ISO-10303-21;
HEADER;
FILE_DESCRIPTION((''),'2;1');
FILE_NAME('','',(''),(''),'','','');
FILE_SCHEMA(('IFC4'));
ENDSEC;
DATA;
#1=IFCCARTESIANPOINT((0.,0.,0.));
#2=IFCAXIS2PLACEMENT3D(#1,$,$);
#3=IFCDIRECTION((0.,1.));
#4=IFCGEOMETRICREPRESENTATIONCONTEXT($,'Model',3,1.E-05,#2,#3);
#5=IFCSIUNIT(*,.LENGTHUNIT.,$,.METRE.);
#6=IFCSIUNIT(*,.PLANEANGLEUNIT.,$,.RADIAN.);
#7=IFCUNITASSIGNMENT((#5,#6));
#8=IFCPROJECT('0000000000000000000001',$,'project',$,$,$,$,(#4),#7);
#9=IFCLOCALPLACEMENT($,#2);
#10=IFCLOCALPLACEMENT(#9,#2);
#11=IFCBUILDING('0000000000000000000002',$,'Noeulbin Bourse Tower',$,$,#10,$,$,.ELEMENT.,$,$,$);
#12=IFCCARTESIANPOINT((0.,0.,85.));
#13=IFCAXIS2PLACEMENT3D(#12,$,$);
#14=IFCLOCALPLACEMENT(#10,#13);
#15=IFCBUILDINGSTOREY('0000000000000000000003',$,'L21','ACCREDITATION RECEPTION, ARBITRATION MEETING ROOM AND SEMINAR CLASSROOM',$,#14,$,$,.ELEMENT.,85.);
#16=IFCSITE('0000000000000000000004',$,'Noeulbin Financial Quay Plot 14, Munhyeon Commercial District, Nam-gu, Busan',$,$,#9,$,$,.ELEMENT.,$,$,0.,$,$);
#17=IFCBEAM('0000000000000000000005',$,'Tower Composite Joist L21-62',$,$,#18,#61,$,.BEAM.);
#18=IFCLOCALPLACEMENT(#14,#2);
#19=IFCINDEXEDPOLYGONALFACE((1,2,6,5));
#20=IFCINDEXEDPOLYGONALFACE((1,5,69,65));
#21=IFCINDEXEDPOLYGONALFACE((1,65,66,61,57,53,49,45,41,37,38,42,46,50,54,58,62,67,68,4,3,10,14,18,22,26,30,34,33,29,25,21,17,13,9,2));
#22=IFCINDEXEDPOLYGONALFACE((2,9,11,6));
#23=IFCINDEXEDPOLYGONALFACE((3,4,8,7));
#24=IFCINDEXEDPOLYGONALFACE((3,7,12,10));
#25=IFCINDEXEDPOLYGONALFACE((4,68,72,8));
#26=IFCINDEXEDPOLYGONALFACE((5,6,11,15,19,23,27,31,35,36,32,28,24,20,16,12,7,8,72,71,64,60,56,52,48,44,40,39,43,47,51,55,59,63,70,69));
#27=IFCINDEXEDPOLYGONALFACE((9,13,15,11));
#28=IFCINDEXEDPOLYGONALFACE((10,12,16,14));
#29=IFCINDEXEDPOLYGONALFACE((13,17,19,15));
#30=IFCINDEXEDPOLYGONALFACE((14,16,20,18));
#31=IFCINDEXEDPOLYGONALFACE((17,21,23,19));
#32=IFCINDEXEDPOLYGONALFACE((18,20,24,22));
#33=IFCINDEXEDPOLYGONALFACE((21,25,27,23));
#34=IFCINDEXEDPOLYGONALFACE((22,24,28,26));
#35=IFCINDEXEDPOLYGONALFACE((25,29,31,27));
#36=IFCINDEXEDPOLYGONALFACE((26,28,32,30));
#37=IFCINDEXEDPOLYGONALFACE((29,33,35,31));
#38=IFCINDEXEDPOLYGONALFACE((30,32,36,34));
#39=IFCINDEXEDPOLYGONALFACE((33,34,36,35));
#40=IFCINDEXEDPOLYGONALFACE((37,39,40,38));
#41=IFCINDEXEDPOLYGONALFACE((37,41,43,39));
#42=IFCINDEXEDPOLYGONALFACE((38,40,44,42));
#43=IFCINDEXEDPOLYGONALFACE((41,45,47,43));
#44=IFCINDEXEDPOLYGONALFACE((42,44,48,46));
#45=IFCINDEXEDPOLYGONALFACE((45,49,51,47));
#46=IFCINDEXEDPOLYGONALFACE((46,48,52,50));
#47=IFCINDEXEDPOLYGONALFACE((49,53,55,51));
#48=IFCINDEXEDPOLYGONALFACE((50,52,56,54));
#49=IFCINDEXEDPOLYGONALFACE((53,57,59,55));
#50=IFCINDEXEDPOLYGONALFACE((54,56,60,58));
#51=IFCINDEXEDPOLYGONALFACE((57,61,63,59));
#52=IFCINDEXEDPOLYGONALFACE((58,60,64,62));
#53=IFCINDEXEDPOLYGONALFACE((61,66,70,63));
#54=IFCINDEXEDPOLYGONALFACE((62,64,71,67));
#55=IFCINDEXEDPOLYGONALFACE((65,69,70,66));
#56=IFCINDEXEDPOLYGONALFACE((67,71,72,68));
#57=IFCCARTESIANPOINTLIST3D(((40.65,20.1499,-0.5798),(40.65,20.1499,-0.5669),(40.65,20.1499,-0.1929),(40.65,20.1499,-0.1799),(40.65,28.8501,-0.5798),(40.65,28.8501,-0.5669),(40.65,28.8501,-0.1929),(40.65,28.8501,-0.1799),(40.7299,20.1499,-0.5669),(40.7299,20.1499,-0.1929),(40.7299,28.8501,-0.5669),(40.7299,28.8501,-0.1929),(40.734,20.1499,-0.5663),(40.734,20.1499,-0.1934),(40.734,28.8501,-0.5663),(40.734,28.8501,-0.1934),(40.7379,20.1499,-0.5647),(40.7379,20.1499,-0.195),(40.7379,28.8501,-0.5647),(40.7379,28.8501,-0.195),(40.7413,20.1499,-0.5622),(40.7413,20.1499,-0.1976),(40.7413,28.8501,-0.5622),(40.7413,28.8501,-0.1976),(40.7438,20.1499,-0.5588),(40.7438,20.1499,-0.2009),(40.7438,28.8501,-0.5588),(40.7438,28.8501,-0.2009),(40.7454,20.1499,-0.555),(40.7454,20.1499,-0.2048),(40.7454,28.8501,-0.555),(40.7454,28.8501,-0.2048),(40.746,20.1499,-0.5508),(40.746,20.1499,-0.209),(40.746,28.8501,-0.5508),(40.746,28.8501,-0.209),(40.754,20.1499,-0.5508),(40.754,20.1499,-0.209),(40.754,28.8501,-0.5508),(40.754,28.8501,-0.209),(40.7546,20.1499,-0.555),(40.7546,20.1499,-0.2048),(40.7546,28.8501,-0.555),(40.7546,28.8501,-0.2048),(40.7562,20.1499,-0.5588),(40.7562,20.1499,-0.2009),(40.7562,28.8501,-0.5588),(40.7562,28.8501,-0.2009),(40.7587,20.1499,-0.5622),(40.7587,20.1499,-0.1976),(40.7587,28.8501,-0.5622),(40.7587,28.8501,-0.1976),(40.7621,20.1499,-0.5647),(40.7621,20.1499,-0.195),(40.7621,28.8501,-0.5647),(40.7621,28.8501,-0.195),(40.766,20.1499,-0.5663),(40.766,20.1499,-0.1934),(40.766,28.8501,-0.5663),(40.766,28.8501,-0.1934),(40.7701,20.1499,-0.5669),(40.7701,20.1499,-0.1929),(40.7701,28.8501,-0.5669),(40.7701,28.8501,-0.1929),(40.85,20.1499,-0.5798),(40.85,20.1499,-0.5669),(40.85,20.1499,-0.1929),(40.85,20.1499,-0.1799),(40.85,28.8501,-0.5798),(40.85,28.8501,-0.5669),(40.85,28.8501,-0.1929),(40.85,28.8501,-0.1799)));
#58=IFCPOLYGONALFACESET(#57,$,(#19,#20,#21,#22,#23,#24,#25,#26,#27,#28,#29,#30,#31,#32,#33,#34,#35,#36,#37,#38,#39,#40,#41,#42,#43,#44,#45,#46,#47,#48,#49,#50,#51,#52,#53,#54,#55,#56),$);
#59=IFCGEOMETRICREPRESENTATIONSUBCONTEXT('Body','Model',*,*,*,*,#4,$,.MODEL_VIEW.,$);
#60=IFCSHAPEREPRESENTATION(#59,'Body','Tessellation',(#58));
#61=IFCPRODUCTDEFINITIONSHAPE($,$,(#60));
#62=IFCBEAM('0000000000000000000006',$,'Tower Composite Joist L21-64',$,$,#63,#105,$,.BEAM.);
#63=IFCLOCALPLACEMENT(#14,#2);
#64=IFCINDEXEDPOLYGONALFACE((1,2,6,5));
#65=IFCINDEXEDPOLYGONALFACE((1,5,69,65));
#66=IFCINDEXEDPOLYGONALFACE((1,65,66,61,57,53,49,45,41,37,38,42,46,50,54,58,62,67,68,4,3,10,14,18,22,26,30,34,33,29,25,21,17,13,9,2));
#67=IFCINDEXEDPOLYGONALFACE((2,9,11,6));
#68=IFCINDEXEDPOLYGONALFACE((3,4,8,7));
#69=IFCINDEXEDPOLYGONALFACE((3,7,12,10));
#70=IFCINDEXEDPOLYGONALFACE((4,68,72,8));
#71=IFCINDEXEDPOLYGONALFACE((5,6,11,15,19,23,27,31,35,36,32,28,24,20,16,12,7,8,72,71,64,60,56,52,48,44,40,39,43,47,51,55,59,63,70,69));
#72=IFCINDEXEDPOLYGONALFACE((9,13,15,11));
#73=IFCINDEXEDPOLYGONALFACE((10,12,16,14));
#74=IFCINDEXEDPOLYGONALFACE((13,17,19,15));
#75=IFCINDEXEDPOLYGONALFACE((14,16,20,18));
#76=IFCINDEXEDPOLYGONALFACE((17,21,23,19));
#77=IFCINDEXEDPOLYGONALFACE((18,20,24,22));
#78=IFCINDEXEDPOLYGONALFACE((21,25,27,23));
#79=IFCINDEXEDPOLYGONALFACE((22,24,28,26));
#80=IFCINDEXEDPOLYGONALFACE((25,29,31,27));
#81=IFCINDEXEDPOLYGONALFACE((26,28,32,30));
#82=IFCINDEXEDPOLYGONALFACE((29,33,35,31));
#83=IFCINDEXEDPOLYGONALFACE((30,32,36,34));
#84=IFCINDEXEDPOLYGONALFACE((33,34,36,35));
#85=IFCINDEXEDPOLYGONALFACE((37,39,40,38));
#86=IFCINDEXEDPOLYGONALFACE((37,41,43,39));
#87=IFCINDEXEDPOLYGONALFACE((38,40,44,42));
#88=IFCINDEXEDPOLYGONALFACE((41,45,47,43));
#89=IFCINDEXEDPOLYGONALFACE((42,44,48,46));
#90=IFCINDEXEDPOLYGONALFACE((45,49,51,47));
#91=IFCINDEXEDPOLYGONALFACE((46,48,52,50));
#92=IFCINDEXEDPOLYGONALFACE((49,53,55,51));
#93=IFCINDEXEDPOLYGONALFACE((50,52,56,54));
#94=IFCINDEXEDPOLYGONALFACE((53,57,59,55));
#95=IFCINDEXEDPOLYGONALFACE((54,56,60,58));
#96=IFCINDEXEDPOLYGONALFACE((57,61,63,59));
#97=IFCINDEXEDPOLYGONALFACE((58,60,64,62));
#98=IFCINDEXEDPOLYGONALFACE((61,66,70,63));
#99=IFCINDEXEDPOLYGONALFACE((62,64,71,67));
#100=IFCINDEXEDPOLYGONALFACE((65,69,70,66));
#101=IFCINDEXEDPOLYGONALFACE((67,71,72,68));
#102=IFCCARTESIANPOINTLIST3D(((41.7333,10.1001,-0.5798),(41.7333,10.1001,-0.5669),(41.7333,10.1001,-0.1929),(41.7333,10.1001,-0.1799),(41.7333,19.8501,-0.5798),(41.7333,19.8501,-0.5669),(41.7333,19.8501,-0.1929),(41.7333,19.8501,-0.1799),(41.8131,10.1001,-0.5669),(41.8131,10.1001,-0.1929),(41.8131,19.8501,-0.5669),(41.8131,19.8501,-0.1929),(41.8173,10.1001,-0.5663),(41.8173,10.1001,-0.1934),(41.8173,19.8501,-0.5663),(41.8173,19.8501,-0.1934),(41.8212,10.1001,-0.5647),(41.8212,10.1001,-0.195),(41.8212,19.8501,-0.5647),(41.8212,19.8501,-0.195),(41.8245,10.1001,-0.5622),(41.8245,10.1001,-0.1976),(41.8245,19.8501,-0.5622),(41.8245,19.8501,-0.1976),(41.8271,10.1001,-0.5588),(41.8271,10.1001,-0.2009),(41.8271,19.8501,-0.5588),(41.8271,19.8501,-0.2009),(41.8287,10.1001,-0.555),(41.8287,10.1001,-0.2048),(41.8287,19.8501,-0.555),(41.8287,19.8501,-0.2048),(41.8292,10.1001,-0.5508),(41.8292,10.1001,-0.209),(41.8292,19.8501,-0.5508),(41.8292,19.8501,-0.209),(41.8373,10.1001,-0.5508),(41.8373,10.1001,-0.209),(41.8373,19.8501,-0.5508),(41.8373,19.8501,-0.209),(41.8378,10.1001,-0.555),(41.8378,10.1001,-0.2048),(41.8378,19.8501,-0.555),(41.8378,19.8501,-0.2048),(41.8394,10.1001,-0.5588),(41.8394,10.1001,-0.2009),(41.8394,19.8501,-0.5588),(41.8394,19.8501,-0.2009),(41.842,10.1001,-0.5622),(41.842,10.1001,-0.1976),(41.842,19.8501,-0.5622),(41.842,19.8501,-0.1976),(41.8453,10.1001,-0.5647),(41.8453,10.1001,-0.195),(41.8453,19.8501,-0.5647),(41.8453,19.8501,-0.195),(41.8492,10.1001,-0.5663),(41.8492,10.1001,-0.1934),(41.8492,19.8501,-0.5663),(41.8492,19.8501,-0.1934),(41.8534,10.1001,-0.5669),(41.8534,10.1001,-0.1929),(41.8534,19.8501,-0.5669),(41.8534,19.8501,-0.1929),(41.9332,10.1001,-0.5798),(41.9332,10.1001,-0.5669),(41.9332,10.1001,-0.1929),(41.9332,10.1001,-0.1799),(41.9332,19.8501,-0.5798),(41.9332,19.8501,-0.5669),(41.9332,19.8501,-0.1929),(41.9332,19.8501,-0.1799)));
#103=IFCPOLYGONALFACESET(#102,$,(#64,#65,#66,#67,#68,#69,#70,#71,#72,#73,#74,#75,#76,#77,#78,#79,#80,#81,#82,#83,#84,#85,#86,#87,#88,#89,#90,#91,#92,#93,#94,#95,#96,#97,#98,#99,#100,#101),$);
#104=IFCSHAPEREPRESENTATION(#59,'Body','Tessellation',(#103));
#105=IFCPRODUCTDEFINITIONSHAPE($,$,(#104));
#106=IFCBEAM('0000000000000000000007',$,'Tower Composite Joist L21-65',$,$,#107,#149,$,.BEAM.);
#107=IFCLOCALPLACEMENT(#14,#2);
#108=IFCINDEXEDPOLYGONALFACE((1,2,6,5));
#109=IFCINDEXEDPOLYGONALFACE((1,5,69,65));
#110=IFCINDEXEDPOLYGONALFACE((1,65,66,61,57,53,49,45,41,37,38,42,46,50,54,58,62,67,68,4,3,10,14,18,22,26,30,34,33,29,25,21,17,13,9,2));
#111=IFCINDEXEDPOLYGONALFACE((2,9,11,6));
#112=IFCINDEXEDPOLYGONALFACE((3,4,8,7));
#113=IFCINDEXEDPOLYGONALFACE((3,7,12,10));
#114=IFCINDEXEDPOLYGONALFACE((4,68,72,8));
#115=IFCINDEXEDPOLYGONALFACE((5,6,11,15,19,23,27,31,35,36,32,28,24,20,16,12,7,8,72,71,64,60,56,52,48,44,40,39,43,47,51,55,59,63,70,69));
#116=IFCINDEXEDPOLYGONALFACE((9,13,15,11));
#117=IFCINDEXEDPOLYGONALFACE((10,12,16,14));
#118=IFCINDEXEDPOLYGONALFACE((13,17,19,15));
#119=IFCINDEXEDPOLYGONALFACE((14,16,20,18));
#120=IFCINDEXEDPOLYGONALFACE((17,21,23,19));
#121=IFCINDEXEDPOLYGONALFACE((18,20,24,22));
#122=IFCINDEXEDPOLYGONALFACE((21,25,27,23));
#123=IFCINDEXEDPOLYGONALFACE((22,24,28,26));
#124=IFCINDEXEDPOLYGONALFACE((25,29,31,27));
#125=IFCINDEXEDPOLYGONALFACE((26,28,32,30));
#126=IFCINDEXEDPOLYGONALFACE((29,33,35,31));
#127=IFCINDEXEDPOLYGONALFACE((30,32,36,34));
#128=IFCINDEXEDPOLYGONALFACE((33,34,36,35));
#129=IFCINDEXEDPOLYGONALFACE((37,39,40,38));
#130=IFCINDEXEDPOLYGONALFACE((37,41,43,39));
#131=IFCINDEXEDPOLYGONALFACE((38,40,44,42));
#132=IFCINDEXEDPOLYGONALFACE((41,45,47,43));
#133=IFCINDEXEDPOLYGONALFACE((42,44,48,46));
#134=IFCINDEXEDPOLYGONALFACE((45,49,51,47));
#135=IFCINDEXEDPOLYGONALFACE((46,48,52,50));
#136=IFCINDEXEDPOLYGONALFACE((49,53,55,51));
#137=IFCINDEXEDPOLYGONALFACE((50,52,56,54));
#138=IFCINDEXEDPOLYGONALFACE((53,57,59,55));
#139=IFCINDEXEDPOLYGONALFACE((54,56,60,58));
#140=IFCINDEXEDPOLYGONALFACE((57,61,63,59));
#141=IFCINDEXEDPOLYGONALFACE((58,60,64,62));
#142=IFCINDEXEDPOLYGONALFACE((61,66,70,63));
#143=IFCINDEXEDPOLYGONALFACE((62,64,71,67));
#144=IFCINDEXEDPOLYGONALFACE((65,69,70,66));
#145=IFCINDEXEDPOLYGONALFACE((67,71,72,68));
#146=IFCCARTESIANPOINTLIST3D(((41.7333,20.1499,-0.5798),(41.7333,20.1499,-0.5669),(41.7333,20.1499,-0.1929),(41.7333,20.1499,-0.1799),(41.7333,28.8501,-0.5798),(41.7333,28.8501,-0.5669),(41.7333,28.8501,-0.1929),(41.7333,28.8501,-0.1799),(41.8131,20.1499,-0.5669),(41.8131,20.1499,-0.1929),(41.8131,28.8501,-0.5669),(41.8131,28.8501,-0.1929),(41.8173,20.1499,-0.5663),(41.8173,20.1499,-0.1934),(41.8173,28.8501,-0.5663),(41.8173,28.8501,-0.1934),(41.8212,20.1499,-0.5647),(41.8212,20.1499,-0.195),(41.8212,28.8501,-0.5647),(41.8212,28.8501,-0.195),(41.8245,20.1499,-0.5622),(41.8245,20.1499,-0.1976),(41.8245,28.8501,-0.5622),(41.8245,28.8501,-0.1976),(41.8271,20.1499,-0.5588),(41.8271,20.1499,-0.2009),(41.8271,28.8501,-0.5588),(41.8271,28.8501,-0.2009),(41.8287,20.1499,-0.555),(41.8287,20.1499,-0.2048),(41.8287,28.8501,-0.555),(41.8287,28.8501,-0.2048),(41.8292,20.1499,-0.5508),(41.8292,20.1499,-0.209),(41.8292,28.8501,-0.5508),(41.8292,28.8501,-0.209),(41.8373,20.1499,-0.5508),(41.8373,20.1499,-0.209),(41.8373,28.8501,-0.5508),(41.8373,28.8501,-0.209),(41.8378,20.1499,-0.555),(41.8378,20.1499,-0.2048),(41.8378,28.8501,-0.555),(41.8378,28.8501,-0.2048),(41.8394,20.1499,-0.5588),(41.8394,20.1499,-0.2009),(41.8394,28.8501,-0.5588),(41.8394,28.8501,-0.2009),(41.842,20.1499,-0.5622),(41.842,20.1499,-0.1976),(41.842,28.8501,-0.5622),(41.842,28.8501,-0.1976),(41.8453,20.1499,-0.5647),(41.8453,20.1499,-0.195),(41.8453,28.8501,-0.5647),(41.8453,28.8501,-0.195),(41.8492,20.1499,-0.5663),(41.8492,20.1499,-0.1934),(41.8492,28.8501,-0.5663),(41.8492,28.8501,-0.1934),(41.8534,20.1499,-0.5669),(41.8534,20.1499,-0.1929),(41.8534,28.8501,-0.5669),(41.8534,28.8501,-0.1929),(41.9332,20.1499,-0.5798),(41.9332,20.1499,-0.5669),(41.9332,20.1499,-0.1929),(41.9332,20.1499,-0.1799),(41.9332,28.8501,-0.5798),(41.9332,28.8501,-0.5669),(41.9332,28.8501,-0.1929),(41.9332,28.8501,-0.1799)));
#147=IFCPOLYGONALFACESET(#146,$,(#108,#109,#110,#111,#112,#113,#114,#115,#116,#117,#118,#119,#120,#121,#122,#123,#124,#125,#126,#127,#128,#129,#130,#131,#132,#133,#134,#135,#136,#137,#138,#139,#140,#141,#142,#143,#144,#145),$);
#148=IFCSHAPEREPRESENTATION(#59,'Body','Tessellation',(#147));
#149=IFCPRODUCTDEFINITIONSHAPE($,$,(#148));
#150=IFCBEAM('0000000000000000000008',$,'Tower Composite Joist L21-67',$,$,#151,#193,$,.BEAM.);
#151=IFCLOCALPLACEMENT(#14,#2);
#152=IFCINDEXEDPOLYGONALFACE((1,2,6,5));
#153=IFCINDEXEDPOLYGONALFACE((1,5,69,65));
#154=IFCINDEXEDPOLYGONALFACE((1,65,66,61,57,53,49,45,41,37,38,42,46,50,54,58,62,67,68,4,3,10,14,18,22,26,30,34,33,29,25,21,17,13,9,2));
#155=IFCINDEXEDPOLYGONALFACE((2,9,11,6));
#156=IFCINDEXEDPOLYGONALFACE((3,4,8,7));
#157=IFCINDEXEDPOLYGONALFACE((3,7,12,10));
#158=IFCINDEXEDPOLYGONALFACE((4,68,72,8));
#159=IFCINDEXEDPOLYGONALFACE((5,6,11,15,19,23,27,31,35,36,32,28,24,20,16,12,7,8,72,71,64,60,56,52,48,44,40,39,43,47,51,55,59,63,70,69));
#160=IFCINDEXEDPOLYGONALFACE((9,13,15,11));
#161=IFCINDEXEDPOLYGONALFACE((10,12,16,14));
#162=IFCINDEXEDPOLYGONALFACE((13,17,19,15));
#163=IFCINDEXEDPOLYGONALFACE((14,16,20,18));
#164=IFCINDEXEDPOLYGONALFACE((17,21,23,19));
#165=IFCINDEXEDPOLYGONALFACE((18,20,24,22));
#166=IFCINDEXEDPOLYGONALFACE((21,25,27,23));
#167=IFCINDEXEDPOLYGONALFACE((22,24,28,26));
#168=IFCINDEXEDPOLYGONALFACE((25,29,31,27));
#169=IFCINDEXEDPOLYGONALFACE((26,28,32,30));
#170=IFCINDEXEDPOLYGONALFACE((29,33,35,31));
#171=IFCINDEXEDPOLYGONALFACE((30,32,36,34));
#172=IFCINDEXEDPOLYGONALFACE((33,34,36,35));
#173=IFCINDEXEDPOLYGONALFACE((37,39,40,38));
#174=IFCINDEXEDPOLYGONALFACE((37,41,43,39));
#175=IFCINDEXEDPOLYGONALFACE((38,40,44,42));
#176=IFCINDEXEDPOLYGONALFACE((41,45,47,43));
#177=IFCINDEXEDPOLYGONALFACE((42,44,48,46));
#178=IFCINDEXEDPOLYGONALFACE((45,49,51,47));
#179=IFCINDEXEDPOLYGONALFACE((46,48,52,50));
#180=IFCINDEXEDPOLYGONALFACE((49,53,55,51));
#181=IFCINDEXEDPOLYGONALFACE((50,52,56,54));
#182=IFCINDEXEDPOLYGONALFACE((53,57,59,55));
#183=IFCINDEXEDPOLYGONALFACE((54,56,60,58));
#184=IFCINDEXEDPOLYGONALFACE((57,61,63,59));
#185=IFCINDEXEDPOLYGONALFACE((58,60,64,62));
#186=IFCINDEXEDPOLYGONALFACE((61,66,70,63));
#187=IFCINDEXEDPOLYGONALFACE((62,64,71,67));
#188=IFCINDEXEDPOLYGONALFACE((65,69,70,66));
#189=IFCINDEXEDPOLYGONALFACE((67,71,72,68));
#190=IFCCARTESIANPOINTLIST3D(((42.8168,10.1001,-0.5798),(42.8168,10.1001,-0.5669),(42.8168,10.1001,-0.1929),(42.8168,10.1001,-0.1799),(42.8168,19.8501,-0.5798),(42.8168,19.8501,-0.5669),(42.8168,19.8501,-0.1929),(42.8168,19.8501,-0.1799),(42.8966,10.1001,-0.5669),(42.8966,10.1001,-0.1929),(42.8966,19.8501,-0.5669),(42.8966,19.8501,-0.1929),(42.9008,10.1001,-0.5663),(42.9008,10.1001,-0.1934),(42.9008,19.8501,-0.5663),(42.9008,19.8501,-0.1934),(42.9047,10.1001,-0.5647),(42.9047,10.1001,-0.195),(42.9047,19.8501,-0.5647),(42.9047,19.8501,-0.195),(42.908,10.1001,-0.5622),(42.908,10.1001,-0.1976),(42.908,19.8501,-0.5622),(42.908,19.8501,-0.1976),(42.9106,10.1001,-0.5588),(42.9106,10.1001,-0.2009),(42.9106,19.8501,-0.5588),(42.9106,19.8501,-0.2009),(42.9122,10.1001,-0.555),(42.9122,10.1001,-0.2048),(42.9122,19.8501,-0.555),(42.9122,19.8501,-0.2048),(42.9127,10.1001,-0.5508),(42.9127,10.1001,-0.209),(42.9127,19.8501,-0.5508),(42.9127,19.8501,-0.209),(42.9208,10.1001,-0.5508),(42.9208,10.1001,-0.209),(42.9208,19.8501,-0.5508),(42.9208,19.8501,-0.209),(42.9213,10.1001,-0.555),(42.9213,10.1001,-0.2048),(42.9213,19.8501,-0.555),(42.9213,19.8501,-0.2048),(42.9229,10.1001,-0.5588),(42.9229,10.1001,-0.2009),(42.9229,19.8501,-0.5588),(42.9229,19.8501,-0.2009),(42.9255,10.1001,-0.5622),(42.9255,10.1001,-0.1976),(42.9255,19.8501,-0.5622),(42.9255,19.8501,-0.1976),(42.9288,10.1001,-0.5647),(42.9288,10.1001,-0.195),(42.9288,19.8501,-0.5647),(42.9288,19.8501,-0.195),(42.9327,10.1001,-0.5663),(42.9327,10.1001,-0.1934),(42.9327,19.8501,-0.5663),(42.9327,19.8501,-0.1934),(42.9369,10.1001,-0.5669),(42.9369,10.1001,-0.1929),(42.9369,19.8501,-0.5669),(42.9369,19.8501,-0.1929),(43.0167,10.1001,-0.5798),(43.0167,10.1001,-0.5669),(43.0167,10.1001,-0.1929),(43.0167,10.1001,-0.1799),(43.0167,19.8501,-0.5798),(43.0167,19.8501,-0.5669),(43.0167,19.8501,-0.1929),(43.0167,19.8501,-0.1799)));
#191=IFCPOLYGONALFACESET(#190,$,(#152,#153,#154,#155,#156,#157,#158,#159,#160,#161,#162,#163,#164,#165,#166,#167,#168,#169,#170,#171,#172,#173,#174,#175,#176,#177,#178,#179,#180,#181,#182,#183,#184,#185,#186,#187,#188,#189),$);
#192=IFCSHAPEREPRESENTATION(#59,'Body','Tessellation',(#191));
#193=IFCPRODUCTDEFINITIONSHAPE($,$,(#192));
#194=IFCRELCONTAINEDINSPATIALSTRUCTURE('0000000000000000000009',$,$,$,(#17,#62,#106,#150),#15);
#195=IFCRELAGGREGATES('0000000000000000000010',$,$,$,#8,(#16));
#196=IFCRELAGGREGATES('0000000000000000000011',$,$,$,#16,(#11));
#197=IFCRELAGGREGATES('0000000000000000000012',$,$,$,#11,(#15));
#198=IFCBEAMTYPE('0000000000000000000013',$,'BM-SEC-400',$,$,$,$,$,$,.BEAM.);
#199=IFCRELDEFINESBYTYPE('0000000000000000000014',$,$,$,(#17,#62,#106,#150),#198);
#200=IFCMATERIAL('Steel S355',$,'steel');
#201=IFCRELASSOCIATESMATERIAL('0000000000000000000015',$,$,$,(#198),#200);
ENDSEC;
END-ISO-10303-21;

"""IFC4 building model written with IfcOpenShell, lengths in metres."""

from ifc_helpers import new_model, si_unit, direction, frame, origin, origin_2d, place, context, subcontext, project, spatial, i_section, extrude, material, material_profile, profile_set, type_object, element, save


model = new_model("IFC4")

# Units and contexts
model_context = context("Model", 3, precision=1e-05, world=origin(), true_north=direction((0.0, 1.0)))
body_context = subcontext(model_context, "Body", "Model", "MODEL_VIEW")
ifc_project = project(units=[si_unit("LENGTHUNIT", "METRE"), si_unit("PLANEANGLEUNIT", "RADIAN")], contexts=[model_context])

# Site, building, storey
site_placement = place(None, origin())
site = spatial("IfcSite", under=ifc_project, at=site_placement, Name="Noeulbin Financial Quay Plot 14, Munhyeon Commercial District, Nam-gu, Busan", CompositionType="ELEMENT", RefElevation=0.0)
building_placement = place(site_placement, origin())
building = spatial("IfcBuilding", under=site, at=building_placement, Name="Noeulbin Bourse Tower", CompositionType="ELEMENT")
storey_placement = place(building_placement, frame((0.0, 0.0, 85.0)))
storey = spatial("IfcBuildingStorey", under=building, at=storey_placement, Name="L21", Description="ACCREDITATION RECEPTION, ARBITRATION MEETING ROOM AND SEMINAR CLASSROOM", CompositionType="ELEMENT", Elevation=85.0)

# Beams
ifc_material_1 = material(Name="Steel S355", Category="steel")
ifc_material_profile_1 = material_profile(ifc_material_1, i_section(OverallWidth=0.2, OverallDepth=0.3999, WebThickness=0.0081, FlangeThickness=0.0129, FilletRadius=0.0161, at=origin_2d()), Name="H-400x200x8x13", Category="LoadBearing")
ifc_profile_set_1 = profile_set([ifc_material_profile_1], Name="Steel S355")
beam_type_1 = type_object("IfcBeamType", Name="BM-SEC-400", PredefinedType="BEAM", material=ifc_profile_set_1)
beam_1_placement = place(storey_placement, frame((40.75, 20.1499, -0.3799), z_axis=(0.0, 1.0, 0.0), x_axis=(-1.0, 0.0, 0.0)))
element("IfcBeam", 1, at=beam_1_placement, inside=storey, type_object=beam_type_1, Name="Tower Composite Joist L21-62", PredefinedType="BEAM", context=body_context, shape_type="SweptSolid", body=[
    extrude(i_section(OverallWidth=0.2, OverallDepth=0.3999, WebThickness=0.0081, FlangeThickness=0.0129, FilletRadius=0.0161, at=origin_2d()), origin(), (0.0, 0.0, 1.0), 8.7002),
])
beam_2_placement = place(storey_placement, frame((41.8333, 10.1001, -0.3799), z_axis=(0.0, 1.0, 0.0), x_axis=(-1.0, 0.0, 0.0)))
element("IfcBeam", 2, at=beam_2_placement, inside=storey, type_object=beam_type_1, Name="Tower Composite Joist L21-64", PredefinedType="BEAM", context=body_context, shape_type="SweptSolid", body=[
    extrude(i_section(OverallWidth=0.2, OverallDepth=0.3999, WebThickness=0.0081, FlangeThickness=0.0129, FilletRadius=0.0161, at=origin_2d()), origin(), (0.0, 0.0, 1.0), 9.75),
])
beam_3_placement = place(storey_placement, frame((41.8333, 20.1499, -0.3799), z_axis=(0.0, 1.0, 0.0), x_axis=(-1.0, 0.0, 0.0)))
element("IfcBeam", 3, at=beam_3_placement, inside=storey, type_object=beam_type_1, Name="Tower Composite Joist L21-65", PredefinedType="BEAM", context=body_context, shape_type="SweptSolid", body=[
    extrude(i_section(OverallWidth=0.2, OverallDepth=0.3999, WebThickness=0.0081, FlangeThickness=0.0129, FilletRadius=0.0161, at=origin_2d()), origin(), (0.0, 0.0, 1.0), 8.7002),
])
beam_4_placement = place(storey_placement, frame((42.9167, 10.1001, -0.3799), z_axis=(0.0, 1.0, 0.0), x_axis=(-1.0, 0.0, 0.0)))
element("IfcBeam", 4, at=beam_4_placement, inside=storey, type_object=beam_type_1, Name="Tower Composite Joist L21-67", PredefinedType="BEAM", context=body_context, shape_type="SweptSolid", body=[
    extrude(i_section(OverallWidth=0.2, OverallDepth=0.3999, WebThickness=0.0081, FlangeThickness=0.0129, FilletRadius=0.0161, at=origin_2d()), origin(), (0.0, 0.0, 1.0), 9.75),
])

save(model, "model.ifc")
